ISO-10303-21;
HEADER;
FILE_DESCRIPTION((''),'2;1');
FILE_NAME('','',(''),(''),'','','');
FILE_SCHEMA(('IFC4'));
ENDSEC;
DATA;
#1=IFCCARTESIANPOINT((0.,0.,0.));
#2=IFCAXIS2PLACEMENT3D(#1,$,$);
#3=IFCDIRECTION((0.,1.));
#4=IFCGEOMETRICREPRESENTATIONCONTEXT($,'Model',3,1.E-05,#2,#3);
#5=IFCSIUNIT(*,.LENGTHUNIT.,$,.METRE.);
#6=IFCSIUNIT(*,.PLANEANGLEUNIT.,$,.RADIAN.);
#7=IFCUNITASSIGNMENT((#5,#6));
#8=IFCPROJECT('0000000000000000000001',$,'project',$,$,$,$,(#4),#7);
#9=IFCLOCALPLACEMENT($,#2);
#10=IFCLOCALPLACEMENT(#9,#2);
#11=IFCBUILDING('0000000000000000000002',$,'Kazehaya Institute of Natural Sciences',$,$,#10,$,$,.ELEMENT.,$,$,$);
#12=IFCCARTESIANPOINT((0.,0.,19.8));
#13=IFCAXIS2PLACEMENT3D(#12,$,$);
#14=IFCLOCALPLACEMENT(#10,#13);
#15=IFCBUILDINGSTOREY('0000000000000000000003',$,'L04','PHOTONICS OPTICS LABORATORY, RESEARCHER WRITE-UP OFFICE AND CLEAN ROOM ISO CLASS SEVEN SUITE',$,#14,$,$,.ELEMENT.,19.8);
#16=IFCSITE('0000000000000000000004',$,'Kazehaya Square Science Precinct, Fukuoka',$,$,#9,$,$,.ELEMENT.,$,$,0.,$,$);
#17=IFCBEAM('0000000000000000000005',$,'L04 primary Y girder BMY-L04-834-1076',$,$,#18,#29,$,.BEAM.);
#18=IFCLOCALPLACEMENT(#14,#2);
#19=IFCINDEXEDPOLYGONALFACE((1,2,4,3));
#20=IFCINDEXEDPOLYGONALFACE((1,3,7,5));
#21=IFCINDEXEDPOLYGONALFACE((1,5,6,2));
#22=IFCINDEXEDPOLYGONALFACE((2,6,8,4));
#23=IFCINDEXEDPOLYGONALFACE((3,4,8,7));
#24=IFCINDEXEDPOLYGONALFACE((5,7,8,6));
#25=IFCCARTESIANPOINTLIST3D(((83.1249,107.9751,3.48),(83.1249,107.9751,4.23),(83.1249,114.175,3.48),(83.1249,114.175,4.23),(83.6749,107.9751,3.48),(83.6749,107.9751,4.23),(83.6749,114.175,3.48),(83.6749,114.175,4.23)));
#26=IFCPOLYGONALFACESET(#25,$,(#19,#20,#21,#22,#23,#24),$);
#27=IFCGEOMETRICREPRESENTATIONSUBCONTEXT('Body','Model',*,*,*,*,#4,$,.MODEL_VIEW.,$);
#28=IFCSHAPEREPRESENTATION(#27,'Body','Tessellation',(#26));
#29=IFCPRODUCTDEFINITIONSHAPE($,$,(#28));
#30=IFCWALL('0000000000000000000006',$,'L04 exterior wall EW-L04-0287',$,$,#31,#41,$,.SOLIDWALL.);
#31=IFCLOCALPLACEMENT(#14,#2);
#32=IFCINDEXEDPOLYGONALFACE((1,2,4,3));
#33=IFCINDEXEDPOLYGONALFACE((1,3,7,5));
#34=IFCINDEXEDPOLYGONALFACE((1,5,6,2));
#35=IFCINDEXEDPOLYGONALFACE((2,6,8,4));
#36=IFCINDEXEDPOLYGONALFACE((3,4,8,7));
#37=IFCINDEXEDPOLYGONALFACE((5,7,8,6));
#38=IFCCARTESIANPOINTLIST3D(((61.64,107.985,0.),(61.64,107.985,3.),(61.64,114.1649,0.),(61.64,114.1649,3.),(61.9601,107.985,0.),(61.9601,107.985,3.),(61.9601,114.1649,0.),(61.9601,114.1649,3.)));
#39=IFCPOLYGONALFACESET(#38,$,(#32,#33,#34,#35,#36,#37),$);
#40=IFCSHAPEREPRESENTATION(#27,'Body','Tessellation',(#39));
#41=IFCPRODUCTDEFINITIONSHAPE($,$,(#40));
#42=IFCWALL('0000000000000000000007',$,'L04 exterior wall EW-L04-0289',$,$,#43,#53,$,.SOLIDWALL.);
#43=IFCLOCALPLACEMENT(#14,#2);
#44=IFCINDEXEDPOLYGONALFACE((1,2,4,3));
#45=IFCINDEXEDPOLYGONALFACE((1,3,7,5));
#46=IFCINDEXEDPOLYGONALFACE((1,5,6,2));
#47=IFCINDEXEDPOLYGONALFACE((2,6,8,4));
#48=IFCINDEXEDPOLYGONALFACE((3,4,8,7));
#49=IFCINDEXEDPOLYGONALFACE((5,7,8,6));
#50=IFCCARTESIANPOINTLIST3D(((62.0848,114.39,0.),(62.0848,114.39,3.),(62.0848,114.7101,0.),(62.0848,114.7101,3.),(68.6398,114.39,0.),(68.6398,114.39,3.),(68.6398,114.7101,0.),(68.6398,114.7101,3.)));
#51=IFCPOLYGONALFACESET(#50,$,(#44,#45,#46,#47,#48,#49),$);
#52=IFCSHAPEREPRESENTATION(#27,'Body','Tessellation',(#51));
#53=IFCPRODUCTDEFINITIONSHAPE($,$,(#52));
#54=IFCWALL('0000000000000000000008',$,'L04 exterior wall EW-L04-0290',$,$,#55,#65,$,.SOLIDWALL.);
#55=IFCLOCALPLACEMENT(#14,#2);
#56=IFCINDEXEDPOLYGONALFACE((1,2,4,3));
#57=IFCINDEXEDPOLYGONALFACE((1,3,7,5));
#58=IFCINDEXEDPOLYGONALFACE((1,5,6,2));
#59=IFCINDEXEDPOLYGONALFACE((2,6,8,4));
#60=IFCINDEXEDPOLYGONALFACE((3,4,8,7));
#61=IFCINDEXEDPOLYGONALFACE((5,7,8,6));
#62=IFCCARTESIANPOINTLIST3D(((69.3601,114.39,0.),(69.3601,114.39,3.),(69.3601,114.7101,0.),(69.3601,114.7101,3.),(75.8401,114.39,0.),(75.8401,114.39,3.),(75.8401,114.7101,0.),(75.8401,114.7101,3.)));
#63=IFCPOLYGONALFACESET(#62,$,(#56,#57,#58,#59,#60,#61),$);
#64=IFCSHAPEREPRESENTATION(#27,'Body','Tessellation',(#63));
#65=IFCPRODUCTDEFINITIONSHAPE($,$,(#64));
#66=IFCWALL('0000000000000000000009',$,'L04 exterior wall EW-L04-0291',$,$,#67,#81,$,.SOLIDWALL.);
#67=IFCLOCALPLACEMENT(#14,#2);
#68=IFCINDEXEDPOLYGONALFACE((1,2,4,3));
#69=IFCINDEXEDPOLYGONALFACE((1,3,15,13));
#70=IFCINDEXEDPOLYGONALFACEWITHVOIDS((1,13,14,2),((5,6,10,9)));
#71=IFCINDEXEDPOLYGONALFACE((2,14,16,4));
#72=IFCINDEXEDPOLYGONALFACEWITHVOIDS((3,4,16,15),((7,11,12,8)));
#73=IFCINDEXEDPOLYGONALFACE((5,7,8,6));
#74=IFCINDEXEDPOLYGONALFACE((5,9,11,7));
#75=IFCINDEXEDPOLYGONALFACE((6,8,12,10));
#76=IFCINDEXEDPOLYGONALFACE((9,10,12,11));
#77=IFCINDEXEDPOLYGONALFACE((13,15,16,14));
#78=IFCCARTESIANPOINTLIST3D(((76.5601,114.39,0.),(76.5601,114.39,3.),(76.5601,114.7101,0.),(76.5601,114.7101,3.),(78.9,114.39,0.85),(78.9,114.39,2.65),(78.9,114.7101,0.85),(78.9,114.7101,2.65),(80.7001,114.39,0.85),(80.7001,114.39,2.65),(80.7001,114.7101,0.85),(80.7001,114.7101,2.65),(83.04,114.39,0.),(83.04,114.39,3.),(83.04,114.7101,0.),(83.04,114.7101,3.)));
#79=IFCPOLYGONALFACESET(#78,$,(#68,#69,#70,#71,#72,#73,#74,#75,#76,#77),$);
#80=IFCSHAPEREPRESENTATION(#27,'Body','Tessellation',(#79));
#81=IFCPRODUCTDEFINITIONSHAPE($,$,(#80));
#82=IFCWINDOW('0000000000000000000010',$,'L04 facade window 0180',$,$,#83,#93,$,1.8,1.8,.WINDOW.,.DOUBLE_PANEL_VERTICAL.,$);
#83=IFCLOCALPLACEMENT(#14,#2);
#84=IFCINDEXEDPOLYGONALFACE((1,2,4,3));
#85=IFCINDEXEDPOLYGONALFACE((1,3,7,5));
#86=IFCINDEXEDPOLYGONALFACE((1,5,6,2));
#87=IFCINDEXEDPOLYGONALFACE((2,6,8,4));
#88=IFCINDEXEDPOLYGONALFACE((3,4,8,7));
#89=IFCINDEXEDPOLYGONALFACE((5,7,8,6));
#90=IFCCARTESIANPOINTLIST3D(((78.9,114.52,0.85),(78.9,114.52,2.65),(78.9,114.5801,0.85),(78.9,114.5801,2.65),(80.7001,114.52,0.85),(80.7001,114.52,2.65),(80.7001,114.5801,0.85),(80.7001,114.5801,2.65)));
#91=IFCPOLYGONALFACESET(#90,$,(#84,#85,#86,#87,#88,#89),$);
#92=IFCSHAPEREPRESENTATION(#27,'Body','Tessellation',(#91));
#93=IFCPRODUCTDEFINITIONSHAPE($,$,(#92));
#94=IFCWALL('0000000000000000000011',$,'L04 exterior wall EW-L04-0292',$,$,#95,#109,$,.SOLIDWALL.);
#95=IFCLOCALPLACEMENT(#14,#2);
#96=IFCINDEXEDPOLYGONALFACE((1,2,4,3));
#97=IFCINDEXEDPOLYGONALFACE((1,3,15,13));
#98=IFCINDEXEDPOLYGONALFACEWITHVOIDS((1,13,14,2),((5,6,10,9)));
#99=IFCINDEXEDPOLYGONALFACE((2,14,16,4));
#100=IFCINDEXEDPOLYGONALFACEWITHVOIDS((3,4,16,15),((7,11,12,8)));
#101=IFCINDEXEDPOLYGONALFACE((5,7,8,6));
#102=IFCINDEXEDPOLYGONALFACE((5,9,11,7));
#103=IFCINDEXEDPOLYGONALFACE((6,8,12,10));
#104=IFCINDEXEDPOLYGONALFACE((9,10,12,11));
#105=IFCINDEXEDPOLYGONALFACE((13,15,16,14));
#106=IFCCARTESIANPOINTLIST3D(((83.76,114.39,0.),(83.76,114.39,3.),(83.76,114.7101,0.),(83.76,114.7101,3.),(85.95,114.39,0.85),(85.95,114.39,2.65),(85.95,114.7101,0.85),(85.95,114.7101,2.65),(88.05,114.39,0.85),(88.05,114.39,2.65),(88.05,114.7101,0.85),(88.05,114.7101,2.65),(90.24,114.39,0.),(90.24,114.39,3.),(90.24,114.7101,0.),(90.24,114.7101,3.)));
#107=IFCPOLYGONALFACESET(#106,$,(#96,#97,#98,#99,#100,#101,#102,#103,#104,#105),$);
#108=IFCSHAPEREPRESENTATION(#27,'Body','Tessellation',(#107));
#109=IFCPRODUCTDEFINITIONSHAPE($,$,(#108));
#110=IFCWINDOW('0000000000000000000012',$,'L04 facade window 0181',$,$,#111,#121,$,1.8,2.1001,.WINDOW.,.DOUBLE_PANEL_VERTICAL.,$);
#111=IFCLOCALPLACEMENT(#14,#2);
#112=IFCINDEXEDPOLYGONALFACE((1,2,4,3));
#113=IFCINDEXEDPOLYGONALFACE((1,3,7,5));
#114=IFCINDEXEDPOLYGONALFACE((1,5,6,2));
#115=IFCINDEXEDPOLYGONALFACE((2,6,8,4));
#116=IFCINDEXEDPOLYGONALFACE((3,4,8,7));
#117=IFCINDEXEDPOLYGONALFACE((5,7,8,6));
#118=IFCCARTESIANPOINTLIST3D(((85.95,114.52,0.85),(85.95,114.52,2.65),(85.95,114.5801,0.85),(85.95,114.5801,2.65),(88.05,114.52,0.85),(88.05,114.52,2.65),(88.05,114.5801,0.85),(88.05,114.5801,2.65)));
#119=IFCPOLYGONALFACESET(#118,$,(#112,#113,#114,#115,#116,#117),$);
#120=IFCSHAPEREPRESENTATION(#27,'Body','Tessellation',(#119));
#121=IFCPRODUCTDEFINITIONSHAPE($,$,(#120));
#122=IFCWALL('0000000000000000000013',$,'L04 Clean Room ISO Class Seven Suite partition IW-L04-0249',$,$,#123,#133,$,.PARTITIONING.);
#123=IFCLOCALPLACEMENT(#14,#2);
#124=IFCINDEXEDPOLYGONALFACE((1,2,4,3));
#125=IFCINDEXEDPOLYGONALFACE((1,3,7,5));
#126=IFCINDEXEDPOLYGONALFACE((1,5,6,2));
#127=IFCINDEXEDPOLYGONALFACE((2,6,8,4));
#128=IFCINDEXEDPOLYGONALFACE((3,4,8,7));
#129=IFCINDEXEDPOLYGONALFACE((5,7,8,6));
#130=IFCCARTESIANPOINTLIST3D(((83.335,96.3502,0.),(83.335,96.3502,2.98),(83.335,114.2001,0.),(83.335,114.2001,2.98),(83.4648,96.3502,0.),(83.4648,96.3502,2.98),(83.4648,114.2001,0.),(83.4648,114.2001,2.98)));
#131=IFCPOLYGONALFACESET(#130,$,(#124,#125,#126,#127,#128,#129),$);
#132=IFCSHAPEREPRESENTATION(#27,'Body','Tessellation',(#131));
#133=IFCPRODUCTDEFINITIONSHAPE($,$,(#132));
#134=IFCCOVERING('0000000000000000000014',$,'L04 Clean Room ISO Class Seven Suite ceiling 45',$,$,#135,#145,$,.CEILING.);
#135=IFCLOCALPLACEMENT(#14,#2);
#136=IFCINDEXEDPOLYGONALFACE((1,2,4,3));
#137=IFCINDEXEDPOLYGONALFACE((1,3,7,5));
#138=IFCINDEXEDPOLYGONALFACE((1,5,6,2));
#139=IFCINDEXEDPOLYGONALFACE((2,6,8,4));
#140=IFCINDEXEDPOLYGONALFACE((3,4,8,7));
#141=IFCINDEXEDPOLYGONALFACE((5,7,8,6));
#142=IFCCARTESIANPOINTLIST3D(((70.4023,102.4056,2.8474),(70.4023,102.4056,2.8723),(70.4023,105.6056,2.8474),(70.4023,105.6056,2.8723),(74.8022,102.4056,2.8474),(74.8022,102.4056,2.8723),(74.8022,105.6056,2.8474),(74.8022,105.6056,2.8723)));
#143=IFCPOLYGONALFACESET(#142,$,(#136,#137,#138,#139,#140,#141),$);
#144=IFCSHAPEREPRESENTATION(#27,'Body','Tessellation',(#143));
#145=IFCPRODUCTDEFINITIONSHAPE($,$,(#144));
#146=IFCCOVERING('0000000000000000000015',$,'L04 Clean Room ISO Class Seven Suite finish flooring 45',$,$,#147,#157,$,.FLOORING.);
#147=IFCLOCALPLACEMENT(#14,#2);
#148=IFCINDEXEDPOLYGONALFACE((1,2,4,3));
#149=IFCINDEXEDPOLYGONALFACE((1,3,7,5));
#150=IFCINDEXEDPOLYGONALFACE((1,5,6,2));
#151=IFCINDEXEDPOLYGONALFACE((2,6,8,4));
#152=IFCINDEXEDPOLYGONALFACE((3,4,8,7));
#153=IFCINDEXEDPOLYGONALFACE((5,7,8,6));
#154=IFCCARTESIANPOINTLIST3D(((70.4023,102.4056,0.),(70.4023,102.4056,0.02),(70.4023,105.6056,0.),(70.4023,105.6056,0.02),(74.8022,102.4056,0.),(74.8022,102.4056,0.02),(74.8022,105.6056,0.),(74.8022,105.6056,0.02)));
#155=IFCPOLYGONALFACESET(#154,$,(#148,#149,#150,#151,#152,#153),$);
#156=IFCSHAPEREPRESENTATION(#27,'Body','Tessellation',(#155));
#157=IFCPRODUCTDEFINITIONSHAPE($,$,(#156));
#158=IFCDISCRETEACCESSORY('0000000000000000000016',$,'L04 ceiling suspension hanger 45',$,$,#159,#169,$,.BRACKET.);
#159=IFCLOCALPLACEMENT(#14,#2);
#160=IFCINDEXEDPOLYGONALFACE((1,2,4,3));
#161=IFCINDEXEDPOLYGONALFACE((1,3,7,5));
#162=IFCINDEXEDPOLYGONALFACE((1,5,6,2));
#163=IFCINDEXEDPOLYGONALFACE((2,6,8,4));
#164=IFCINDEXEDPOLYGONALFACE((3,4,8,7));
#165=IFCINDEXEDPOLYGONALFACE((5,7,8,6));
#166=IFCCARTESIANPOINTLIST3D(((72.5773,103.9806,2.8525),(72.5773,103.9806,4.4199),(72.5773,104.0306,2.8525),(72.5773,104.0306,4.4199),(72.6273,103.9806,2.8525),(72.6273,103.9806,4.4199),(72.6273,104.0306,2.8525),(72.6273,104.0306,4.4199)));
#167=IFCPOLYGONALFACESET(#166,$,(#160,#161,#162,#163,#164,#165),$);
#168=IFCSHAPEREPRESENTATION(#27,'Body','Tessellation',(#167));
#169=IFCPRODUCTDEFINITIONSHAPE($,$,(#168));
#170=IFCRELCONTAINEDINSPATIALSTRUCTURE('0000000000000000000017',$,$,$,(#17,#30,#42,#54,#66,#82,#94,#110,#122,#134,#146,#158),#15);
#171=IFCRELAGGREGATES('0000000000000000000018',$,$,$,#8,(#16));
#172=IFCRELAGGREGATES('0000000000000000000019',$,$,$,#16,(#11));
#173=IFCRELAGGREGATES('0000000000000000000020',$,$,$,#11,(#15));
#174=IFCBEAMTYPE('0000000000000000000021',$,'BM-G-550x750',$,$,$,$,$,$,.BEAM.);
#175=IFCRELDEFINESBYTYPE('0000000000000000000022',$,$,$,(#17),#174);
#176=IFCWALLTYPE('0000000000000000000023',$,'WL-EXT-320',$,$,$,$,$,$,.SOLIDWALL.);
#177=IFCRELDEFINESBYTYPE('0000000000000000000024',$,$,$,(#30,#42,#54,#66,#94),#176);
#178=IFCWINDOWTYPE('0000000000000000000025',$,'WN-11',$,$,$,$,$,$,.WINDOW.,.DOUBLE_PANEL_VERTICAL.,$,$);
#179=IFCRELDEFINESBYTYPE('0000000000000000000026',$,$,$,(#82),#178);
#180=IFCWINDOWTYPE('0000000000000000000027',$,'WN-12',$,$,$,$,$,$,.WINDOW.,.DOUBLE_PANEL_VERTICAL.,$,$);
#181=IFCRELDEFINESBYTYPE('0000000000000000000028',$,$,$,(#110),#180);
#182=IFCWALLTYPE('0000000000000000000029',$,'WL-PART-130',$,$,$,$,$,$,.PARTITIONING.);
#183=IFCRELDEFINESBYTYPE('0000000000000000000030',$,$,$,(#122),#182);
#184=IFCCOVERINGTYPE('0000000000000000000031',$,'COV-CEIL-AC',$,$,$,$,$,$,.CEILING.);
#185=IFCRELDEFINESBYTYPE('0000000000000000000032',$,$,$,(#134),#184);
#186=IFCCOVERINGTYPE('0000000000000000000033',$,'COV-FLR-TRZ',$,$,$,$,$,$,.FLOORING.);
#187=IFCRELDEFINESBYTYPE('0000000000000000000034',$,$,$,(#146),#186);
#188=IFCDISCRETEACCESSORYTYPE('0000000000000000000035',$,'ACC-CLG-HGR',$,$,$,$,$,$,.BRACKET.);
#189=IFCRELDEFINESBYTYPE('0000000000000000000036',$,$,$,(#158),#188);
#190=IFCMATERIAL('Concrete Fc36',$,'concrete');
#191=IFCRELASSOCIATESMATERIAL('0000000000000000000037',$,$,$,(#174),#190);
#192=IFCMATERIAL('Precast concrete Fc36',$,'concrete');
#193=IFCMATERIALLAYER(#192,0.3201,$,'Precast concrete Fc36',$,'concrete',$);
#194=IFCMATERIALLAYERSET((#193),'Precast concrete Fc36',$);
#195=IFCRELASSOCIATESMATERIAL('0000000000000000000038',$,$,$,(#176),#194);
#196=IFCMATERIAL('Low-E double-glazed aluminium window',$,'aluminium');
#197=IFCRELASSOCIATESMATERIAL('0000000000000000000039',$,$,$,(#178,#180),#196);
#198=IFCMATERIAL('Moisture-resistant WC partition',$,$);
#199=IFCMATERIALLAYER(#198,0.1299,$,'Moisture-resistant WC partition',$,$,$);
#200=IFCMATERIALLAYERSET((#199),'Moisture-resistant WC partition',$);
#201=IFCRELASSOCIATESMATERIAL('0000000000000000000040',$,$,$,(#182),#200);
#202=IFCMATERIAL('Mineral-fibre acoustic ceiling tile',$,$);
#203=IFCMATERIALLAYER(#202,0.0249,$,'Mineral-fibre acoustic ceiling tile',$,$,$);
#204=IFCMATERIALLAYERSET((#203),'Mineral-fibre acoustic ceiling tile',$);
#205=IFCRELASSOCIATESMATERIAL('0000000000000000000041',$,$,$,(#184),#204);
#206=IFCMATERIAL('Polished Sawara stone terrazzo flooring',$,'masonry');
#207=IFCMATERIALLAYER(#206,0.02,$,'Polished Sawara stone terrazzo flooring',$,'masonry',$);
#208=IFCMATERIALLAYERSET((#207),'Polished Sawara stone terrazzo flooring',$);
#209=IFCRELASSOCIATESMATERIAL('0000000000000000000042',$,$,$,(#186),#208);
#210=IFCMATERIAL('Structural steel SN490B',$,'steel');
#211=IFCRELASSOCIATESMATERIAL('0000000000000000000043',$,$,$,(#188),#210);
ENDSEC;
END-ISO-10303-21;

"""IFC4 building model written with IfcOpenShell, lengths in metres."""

from ifc_helpers import new_model, si_unit, direction, frame, frame_2d, origin, origin_2d, place, context, subcontext, project, spatial, rectangle, extrude, material, layer, layer_set, material_profile, profile_set, type_object, element, fill, save


model = new_model("IFC4")

# Units and contexts
model_context = context("Model", 3, precision=1e-05, world=origin(), true_north=direction((0.0, 1.0)))
body_context = subcontext(model_context, "Body", "Model", "MODEL_VIEW")
ifc_project = project(units=[si_unit("LENGTHUNIT", "METRE"), si_unit("PLANEANGLEUNIT", "RADIAN")], contexts=[model_context])

# Site, building, storey
site_placement = place(None, origin())
site = spatial("IfcSite", under=ifc_project, at=site_placement, Name="Kazehaya Square Science Precinct, Fukuoka", CompositionType="ELEMENT", RefElevation=0.0)
building_placement = place(site_placement, origin())
building = spatial("IfcBuilding", under=site, at=building_placement, Name="Kazehaya Institute of Natural Sciences", CompositionType="ELEMENT")
storey_placement = place(building_placement, frame((0.0, 0.0, 19.8)))
storey = spatial("IfcBuildingStorey", under=building, at=storey_placement, Name="L04", Description="PHOTONICS OPTICS LABORATORY, RESEARCHER WRITE-UP OFFICE AND CLEAN ROOM ISO CLASS SEVEN SUITE", CompositionType="ELEMENT", Elevation=19.8)

# Beam
ifc_material_1 = material(Name="Concrete Fc36", Category="concrete")
ifc_material_profile_1 = material_profile(ifc_material_1, rectangle(XDim=0.55, YDim=0.75, at=origin_2d()), Name="RC-550x750")
ifc_profile_set_1 = profile_set([ifc_material_profile_1], Name="Concrete Fc36")
beam_type = type_object("IfcBeamType", Name="BM-G-550x750", PredefinedType="BEAM", material=ifc_profile_set_1)
for number, where, z_axis, x_axis, name in (
    (1, (83.3999, 107.9751, 3.855), (0.0, 1.0, 0.0), (-1.0, 0.0, 0.0), "L04 primary Y girder BMY-L04-834-1076"),
):
    element("IfcBeam", number, at=place(storey_placement, frame(where, z_axis=z_axis, x_axis=x_axis)), inside=storey, type_object=beam_type, Name=name, PredefinedType="BEAM", context=body_context, shape_type="SweptSolid", body=[
        extrude(rectangle(XDim=0.55, YDim=0.75, at=origin_2d()), origin(), (0.0, 0.0, 1.0), 6.2),
    ])

# Walls
ifc_material_2 = material(Name="Precast concrete Fc36", Category="concrete")
ifc_layer_1 = layer(ifc_material_2, 0.3201, Name="Precast concrete Fc36", Category="concrete")
ifc_layer_set_1 = layer_set([ifc_layer_1], Name="Precast concrete Fc36")
wall_type_1 = type_object("IfcWallType", Name="WL-EXT-320", PredefinedType="SOLIDWALL", material=ifc_layer_set_1)
wall_1_placement = place(storey_placement, frame((61.8, 107.9851, 0.0), z_axis=(0.0, 0.0, 1.0), x_axis=(0.0, 1.0, 0.0)))
element("IfcWall", 2, at=wall_1_placement, inside=storey, type_object=wall_type_1, Name="L04 exterior wall EW-L04-0287", PredefinedType="SOLIDWALL", context=body_context, shape_type="SweptSolid", body=[
    extrude(rectangle(XDim=6.1799, YDim=0.3201, at=frame_2d((3.0898, 0.0))), origin(), (0.0, 0.0, 1.0), 3.0),
])
wall_2_placement = place(storey_placement, frame((62.085, 114.55, 0.0), z_axis=(0.0, 0.0, 1.0), x_axis=(1.0, 0.0, 0.0)))
element("IfcWall", 3, at=wall_2_placement, inside=storey, type_object=wall_type_1, Name="L04 exterior wall EW-L04-0289", PredefinedType="SOLIDWALL", context=body_context, shape_type="SweptSolid", body=[
    extrude(rectangle(XDim=6.5549, YDim=0.3201, at=frame_2d((3.2773, 0.0))), origin(), (0.0, 0.0, 1.0), 3.0),
])
wall_3_placement = place(storey_placement, frame((69.3601, 114.55, 0.0), z_axis=(0.0, 0.0, 1.0), x_axis=(1.0, 0.0, 0.0)))
element("IfcWall", 4, at=wall_3_placement, inside=storey, type_object=wall_type_1, Name="L04 exterior wall EW-L04-0290", PredefinedType="SOLIDWALL", context=body_context, shape_type="SweptSolid", body=[
    extrude(rectangle(XDim=6.48, YDim=0.3201, at=frame_2d((3.24, 0.0))), origin(), (0.0, 0.0, 1.0), 3.0),
])

# Walls, openings, windows
wall_4_placement = place(storey_placement, frame((76.5601, 114.55, 0.0), z_axis=(0.0, 0.0, 1.0), x_axis=(1.0, 0.0, 0.0)))
wall_4 = element("IfcWall", 5, at=wall_4_placement, inside=storey, type_object=wall_type_1, Name="L04 exterior wall EW-L04-0291", PredefinedType="SOLIDWALL", context=body_context, shape_type="SweptSolid", body=[
    extrude(rectangle(XDim=6.48, YDim=0.3201, at=frame_2d((3.24, 0.0))), origin(), (0.0, 0.0, 1.0), 3.0),
])
opening_1_placement = place(wall_4_placement, frame((2.3401, 0.0, 0.8501)))
opening_1 = element("IfcOpeningElement", 6, at=opening_1_placement, cuts=wall_4, PredefinedType="OPENING", context=body_context, shape_type="SweptSolid", body=[
    extrude(rectangle(XDim=1.8, YDim=1.8, at=frame_2d((0.8999, 0.8999))), frame((0.0, 0.1699, 0.0), z_axis=(0.0, -1.0, 0.0), x_axis=(1.0, 0.0, 0.0)), (0.0, 0.0, 1.0), 0.3401),
])
ifc_material_3 = material(Name="Low-E double-glazed aluminium window", Category="aluminium")
window_type_1 = type_object("IfcWindowType", Name="WN-11", PartitioningType="DOUBLE_PANEL_VERTICAL", PredefinedType="WINDOW", material=ifc_material_3)
window_1_placement = place(opening_1_placement, origin())
window_1 = element("IfcWindow", 7, at=window_1_placement, inside=storey, type_object=window_type_1, Name="L04 facade window 0180", OverallHeight=1.8, OverallWidth=1.8, PartitioningType="DOUBLE_PANEL_VERTICAL", PredefinedType="WINDOW", context=body_context, shape_type="SweptSolid", body=[
    extrude(rectangle(XDim=1.8, YDim=1.8, at=frame_2d((0.8999, 0.8999))), frame((0.0, 0.03, 0.0), z_axis=(0.0, -1.0, 0.0), x_axis=(1.0, 0.0, 0.0)), (0.0, 0.0, 1.0), 0.0601),
])
fill(opening_1, window_1)
wall_5_placement = place(storey_placement, frame((83.76, 114.55, 0.0), z_axis=(0.0, 0.0, 1.0), x_axis=(1.0, 0.0, 0.0)))
wall_5 = element("IfcWall", 8, at=wall_5_placement, inside=storey, type_object=wall_type_1, Name="L04 exterior wall EW-L04-0292", PredefinedType="SOLIDWALL", context=body_context, shape_type="SweptSolid", body=[
    extrude(rectangle(XDim=6.48, YDim=0.3201, at=frame_2d((3.24, 0.0))), origin(), (0.0, 0.0, 1.0), 3.0),
])
opening_2_placement = place(wall_5_placement, frame((2.1899, 0.0, 0.8501)))
opening_2 = element("IfcOpeningElement", 9, at=opening_2_placement, cuts=wall_5, PredefinedType="OPENING", context=body_context, shape_type="SweptSolid", body=[
    extrude(rectangle(XDim=2.1001, YDim=1.8, at=frame_2d((1.05, 0.8999))), frame((0.0, 0.1699, 0.0), z_axis=(0.0, -1.0, 0.0), x_axis=(1.0, 0.0, 0.0)), (0.0, 0.0, 1.0), 0.3401),
])
window_type_2 = type_object("IfcWindowType", Name="WN-12", PartitioningType="DOUBLE_PANEL_VERTICAL", PredefinedType="WINDOW", material=ifc_material_3)
window_2_placement = place(opening_2_placement, origin())
window_2 = element("IfcWindow", 10, at=window_2_placement, inside=storey, type_object=window_type_2, Name="L04 facade window 0181", OverallHeight=1.8, OverallWidth=2.1001, PartitioningType="DOUBLE_PANEL_VERTICAL", PredefinedType="WINDOW", context=body_context, shape_type="SweptSolid", body=[
    extrude(rectangle(XDim=2.1001, YDim=1.8, at=frame_2d((1.05, 0.8999))), frame((0.0, 0.03, 0.0), z_axis=(0.0, -1.0, 0.0), x_axis=(1.0, 0.0, 0.0)), (0.0, 0.0, 1.0), 0.0601),
])
fill(opening_2, window_2)

# Wall
ifc_material_4 = material(Name="Moisture-resistant WC partition")
ifc_layer_2 = layer(ifc_material_4, 0.1299, Name="Moisture-resistant WC partition")
ifc_layer_set_2 = layer_set([ifc_layer_2], Name="Moisture-resistant WC partition")
wall_type_2 = type_object("IfcWallType", Name="WL-PART-130", PredefinedType="PARTITIONING", material=ifc_layer_set_2)
wall_6_placement = place(storey_placement, frame((83.3999, 114.2, 0.0), z_axis=(0.0, 0.0, 1.0), x_axis=(0.0, -1.0, 0.0)))
element("IfcWall", 11, at=wall_6_placement, inside=storey, type_object=wall_type_2, Name="L04 Clean Room ISO Class Seven Suite partition IW-L04-0249", PredefinedType="PARTITIONING", context=body_context, shape_type="SweptSolid", body=[
    extrude(rectangle(XDim=17.8499, YDim=0.1299, at=frame_2d((8.9248, 0.0))), origin(), (0.0, 0.0, 1.0), 2.98),
])

# Coverings
ifc_material_5 = material(Name="Mineral-fibre acoustic ceiling tile")
ifc_layer_3 = layer(ifc_material_5, 0.0249, Name="Mineral-fibre acoustic ceiling tile")
ifc_layer_set_3 = layer_set([ifc_layer_3], Name="Mineral-fibre acoustic ceiling tile")
covering_type_1 = type_object("IfcCoveringType", Name="COV-CEIL-AC", PredefinedType="CEILING", material=ifc_layer_set_3)
covering_1_placement = place(storey_placement, frame((72.6023, 104.0056, 2.8474), z_axis=(0.0, 0.0, 1.0), x_axis=(1.0, 0.0, 0.0)))
element("IfcCovering", 12, at=covering_1_placement, inside=storey, type_object=covering_type_1, Name="L04 Clean Room ISO Class Seven Suite ceiling 45", PredefinedType="CEILING", context=body_context, shape_type="SweptSolid", body=[
    extrude(rectangle(XDim=4.3999, YDim=3.2, at=origin_2d()), origin(), (0.0, 0.0, 1.0), 0.0249),
])
ifc_material_6 = material(Name="Polished Sawara stone terrazzo flooring", Category="masonry")
ifc_layer_4 = layer(ifc_material_6, 0.02, Name="Polished Sawara stone terrazzo flooring", Category="masonry")
ifc_layer_set_4 = layer_set([ifc_layer_4], Name="Polished Sawara stone terrazzo flooring")
covering_type_2 = type_object("IfcCoveringType", Name="COV-FLR-TRZ", PredefinedType="FLOORING", material=ifc_layer_set_4)
covering_2_placement = place(storey_placement, frame((72.6023, 104.0056, 0.0), z_axis=(0.0, 0.0, 1.0), x_axis=(1.0, 0.0, 0.0)))
element("IfcCovering", 13, at=covering_2_placement, inside=storey, type_object=covering_type_2, Name="L04 Clean Room ISO Class Seven Suite finish flooring 45", PredefinedType="FLOORING", context=body_context, shape_type="SweptSolid", body=[
    extrude(rectangle(XDim=4.3999, YDim=3.2, at=origin_2d()), origin(), (0.0, 0.0, 1.0), 0.02),
])

# Discrete accessory
ifc_material_7 = material(Name="Structural steel SN490B", Category="steel")
discrete_accessory_type = type_object("IfcDiscreteAccessoryType", Name="ACC-CLG-HGR", PredefinedType="BRACKET", material=ifc_material_7)
discrete_accessory_placement = place(storey_placement, frame((72.6023, 104.0056, 2.8525), z_axis=(0.0, 0.0, 1.0), x_axis=(1.0, 0.0, 0.0)))
element("IfcDiscreteAccessory", 14, at=discrete_accessory_placement, inside=storey, type_object=discrete_accessory_type, Name="L04 ceiling suspension hanger 45", PredefinedType="BRACKET", context=body_context, shape_type="SweptSolid", body=[
    extrude(rectangle(XDim=0.05, YDim=0.05, at=origin_2d()), origin(), (0.0, 0.0, 1.0), 1.5674),
])

save(model, "model.ifc")
